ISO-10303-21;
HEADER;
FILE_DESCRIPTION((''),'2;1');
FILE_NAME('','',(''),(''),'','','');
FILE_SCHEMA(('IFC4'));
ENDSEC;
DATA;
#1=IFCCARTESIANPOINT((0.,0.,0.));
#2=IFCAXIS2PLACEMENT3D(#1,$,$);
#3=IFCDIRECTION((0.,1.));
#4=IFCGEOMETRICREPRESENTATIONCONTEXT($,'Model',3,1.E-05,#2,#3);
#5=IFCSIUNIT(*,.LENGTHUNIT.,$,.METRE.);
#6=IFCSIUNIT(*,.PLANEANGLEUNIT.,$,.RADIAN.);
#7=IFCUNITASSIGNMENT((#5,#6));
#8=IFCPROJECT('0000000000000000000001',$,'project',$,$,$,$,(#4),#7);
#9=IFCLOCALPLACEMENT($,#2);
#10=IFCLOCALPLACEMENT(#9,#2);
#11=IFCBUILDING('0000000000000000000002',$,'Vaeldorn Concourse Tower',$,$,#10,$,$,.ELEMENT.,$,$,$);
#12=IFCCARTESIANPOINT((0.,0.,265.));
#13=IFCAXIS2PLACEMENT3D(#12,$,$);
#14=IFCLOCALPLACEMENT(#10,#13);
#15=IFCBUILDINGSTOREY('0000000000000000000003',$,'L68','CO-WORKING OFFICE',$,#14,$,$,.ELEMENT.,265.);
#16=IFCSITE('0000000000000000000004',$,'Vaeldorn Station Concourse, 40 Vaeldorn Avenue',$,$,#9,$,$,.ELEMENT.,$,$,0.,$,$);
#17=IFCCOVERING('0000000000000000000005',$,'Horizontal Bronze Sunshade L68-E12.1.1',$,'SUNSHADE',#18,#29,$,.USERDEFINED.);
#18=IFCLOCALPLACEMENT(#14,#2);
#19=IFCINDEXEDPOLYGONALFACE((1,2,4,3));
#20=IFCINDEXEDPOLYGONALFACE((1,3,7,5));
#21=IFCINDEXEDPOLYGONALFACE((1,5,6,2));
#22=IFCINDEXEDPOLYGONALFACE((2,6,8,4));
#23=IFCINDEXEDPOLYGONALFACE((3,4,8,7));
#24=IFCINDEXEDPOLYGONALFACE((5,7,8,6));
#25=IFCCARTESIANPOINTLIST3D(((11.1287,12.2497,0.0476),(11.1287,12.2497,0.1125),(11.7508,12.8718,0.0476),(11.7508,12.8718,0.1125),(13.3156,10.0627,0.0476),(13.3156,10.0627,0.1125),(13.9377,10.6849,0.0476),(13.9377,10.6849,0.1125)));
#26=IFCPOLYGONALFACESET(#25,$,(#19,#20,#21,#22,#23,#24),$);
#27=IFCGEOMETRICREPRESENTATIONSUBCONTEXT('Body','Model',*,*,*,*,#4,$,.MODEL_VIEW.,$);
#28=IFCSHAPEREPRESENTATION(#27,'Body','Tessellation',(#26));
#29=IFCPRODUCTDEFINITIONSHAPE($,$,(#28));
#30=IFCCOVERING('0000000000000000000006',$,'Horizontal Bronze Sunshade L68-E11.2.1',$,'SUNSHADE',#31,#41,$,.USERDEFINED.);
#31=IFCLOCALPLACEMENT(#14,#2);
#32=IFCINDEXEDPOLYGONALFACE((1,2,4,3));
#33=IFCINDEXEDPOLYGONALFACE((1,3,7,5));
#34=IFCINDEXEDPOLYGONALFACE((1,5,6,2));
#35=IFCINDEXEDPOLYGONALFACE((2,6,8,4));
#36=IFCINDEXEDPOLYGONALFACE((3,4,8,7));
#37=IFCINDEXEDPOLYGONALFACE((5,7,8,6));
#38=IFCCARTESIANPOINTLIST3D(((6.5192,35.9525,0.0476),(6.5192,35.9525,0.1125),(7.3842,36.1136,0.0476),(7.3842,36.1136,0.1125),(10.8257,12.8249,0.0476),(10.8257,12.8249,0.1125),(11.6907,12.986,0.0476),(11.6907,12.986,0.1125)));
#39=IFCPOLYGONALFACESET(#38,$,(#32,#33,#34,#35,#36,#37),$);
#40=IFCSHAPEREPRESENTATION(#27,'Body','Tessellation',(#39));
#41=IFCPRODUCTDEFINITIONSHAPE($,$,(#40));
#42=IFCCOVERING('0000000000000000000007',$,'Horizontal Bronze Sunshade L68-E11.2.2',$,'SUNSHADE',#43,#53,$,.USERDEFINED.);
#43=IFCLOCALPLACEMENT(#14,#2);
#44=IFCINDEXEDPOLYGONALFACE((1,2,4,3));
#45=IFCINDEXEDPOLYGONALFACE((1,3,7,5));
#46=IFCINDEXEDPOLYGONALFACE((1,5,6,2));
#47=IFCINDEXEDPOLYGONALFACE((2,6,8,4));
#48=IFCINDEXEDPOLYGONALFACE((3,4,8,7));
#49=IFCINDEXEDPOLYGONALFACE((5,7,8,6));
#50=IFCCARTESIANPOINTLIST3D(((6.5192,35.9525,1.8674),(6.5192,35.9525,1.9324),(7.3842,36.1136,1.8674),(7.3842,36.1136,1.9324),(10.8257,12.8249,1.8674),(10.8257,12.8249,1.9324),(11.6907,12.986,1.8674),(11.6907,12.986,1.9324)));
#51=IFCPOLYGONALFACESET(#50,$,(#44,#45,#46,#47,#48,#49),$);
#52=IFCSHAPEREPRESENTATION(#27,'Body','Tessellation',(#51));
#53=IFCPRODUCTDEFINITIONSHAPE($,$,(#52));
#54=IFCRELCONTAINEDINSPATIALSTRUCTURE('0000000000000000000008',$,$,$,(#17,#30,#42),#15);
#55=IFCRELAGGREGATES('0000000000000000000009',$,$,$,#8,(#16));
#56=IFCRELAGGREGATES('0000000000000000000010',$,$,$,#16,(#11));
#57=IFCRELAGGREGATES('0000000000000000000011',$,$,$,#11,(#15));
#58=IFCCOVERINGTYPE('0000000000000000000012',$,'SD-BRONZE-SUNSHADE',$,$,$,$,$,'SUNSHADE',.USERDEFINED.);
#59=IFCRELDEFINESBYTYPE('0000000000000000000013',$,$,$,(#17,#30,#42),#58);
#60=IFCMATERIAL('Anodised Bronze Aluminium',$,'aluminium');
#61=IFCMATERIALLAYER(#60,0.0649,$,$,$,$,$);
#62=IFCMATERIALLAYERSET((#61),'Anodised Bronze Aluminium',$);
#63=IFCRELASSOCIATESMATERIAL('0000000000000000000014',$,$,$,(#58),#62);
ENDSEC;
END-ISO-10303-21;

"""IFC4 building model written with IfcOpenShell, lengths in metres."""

from ifc_helpers import new_model, si_unit, direction, frame, origin, origin_2d, place, context, subcontext, project, spatial, rectangle, extrude, source, transform, mapped, material, layer, layer_set, type_object, element, save


model = new_model("IFC4")

# Units and contexts
model_context = context("Model", 3, precision=1e-05, world=origin(), true_north=direction((0.0, 1.0)))
body_context = subcontext(model_context, "Body", "Model", "MODEL_VIEW")
ifc_project = project(units=[si_unit("LENGTHUNIT", "METRE"), si_unit("PLANEANGLEUNIT", "RADIAN")], contexts=[model_context])

# Site, building, storey
site_placement = place(None, origin())
site = spatial("IfcSite", under=ifc_project, at=site_placement, Name="Vaeldorn Station Concourse, 40 Vaeldorn Avenue", CompositionType="ELEMENT", RefElevation=0.0)
building_placement = place(site_placement, origin())
building = spatial("IfcBuilding", under=site, at=building_placement, Name="Vaeldorn Concourse Tower", CompositionType="ELEMENT")
storey_placement = place(building_placement, frame((0.0, 0.0, 265.0)))
storey = spatial("IfcBuildingStorey", under=building, at=storey_placement, Name="L68", Description="CO-WORKING OFFICE", CompositionType="ELEMENT", Elevation=265.0)

# Shared definitions
ifc_material_1 = material(Name="Anodised Bronze Aluminium", Category="aluminium")

# Coverings
ifc_layer_1 = layer(ifc_material_1, 0.0649)
ifc_layer_set_1 = layer_set([ifc_layer_1], Name="Anodised Bronze Aluminium")
covering_type = type_object("IfcCoveringType", Name="SD-BRONZE-SUNSHADE", ElementType="SUNSHADE", PredefinedType="USERDEFINED", material=ifc_layer_set_1)
shared_shape_1 = source(origin(), body_context, "Body", "SweptSolid", [
    extrude(rectangle(XDim=3.0928, YDim=0.8799, at=origin_2d()), origin(), (0.0, 0.0, 1.0), 0.0649),
])
covering_placement = place(storey_placement, frame((12.5332, 11.4673, 0.0476), z_axis=(0.0, 0.0, 1.0), x_axis=(0.707107, -0.707107, 0.0)))
element("IfcCovering", 1, at=covering_placement, inside=storey, type_object=covering_type, Name="Horizontal Bronze Sunshade L68-E12.1.1", ObjectType="SUNSHADE", PredefinedType="USERDEFINED", context=body_context, shape_type="MappedRepresentation", body=[
    mapped(shared_shape_1, transform((0.0, 0.0, 0.0), scale=1.0)),
])
shared_shape_2 = source(origin(), body_context, "Body", "SweptSolid", [
    extrude(rectangle(XDim=23.5251, YDim=0.8799, at=origin_2d()), origin(), (0.0, 0.0, 1.0), 0.0649),
])
for number, where, z_axis, x_axis, name in (
    (2, (9.105, 24.4692, 0.0476), (0.0, 0.0, 1.0), (0.183059, -0.983102, 0.0), "Horizontal Bronze Sunshade L68-E11.2.1"),
    (3, (9.105, 24.4692, 1.8674), (0.0, 0.0, 1.0), (0.183059, -0.983102, 0.0), "Horizontal Bronze Sunshade L68-E11.2.2"),
):
    element("IfcCovering", number, at=place(storey_placement, frame(where, z_axis=z_axis, x_axis=x_axis)), inside=storey, type_object=covering_type, Name=name, ObjectType="SUNSHADE", PredefinedType="USERDEFINED", context=body_context, shape_type="MappedRepresentation", body=[
        mapped(shared_shape_2, transform((0.0, 0.0, 0.0), scale=1.0)),
    ])

save(model, "model.ifc")
